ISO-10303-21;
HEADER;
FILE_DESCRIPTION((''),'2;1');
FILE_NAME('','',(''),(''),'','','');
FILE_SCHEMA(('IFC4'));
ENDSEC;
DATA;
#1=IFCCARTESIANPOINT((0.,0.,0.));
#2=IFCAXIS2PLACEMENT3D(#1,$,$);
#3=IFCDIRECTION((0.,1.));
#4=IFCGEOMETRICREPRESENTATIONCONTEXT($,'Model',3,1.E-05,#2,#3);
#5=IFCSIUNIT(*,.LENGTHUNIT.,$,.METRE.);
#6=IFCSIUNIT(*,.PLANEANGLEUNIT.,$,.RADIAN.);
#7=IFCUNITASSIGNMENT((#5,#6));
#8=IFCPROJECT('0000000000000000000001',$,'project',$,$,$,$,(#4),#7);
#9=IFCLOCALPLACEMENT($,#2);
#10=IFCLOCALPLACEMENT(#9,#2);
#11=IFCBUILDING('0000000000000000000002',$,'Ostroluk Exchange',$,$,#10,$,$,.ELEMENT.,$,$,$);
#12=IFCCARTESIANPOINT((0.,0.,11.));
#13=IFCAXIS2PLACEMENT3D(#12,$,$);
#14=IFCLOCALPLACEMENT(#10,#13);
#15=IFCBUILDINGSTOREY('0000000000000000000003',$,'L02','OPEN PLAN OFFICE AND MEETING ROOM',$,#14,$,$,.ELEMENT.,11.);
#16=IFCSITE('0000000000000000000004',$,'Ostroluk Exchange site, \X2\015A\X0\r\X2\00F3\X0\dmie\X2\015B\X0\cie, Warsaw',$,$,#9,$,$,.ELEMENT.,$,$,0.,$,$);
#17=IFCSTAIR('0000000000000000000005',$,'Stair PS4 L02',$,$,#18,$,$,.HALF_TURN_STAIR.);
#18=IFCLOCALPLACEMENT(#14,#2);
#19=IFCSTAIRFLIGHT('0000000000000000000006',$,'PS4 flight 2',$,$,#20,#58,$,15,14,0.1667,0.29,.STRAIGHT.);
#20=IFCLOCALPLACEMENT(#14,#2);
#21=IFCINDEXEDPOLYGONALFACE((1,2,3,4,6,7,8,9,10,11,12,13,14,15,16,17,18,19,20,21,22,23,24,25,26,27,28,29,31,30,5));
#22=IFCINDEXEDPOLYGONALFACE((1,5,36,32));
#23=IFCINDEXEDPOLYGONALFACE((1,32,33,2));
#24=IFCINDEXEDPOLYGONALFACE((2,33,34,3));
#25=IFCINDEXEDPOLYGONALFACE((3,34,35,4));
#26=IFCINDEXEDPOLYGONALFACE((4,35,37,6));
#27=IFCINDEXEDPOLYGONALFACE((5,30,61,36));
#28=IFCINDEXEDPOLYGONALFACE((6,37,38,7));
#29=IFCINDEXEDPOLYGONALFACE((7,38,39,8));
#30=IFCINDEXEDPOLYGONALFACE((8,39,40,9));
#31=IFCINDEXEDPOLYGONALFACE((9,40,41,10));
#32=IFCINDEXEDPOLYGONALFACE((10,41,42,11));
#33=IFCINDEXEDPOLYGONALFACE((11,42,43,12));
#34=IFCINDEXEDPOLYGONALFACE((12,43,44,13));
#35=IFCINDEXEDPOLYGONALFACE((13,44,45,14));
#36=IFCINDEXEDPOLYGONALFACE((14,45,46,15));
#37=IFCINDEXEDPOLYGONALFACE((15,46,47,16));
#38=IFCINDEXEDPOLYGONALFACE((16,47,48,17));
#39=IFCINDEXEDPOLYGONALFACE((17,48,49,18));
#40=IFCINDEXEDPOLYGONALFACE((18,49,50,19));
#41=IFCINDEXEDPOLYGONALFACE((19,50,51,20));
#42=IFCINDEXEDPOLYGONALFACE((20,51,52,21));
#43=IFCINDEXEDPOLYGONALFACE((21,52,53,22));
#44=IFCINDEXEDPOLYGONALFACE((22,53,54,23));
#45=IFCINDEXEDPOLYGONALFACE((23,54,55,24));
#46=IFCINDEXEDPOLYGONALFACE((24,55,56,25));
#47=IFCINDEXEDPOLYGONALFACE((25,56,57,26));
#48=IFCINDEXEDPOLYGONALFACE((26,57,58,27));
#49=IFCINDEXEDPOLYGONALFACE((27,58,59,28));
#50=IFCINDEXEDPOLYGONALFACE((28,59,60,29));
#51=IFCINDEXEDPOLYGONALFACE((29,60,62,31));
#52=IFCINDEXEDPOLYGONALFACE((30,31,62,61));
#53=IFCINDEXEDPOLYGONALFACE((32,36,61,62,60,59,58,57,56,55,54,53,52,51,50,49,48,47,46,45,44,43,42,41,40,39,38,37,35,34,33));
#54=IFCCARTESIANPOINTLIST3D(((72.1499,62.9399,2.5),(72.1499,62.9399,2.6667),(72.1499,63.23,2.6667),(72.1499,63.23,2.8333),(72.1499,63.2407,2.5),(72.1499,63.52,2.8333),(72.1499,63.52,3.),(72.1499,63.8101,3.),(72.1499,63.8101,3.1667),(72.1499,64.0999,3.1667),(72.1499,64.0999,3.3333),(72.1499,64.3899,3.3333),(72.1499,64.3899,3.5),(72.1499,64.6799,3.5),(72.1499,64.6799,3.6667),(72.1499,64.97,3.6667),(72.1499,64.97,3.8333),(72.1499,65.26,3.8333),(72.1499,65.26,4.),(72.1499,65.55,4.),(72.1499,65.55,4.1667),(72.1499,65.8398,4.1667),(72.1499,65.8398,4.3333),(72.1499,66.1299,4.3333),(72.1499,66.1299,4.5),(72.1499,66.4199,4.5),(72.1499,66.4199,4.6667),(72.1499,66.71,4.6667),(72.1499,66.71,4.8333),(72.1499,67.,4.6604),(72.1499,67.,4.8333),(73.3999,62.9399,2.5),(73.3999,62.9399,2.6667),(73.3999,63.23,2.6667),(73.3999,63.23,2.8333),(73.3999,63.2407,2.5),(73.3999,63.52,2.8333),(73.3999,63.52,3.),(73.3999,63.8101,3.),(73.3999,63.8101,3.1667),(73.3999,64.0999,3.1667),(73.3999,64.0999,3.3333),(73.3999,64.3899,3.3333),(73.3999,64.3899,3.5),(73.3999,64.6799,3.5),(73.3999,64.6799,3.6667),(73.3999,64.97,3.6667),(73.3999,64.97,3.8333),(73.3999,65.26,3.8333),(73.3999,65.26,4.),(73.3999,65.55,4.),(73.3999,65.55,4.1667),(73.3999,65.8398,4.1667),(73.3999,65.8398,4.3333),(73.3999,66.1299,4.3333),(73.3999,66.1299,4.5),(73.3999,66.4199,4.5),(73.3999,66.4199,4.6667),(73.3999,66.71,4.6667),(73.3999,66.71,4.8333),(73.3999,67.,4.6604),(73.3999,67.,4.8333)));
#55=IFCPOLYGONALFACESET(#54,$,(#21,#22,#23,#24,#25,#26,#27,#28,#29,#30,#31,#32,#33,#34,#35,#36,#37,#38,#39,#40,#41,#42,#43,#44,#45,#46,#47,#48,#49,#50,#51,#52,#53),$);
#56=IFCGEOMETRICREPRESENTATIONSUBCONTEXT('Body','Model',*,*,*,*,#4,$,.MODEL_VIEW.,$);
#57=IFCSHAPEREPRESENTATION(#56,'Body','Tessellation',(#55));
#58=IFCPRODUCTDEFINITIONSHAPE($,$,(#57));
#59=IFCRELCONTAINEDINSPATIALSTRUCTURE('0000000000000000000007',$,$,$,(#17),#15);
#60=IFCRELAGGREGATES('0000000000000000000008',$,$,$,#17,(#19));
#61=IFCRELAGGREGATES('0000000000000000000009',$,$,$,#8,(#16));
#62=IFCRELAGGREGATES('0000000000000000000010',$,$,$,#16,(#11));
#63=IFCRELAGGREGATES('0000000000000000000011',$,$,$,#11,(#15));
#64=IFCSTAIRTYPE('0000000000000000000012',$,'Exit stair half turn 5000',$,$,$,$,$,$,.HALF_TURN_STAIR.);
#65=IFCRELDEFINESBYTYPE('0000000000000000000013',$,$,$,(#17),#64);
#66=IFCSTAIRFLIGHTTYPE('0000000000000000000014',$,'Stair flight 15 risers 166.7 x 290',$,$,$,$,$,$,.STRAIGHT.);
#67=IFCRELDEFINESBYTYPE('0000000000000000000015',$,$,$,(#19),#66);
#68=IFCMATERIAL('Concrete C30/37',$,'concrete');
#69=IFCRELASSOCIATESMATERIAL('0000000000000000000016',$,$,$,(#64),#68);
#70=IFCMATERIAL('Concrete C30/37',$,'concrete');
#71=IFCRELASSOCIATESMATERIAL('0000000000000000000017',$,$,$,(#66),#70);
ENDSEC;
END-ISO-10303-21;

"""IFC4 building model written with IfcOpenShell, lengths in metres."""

from ifc_helpers import new_model, si_unit, direction, frame, origin, place, context, subcontext, project, spatial, polyline, outline, extrude, material, type_object, element, aggregate, save


model = new_model("IFC4")

# Units and contexts
model_context = context("Model", 3, precision=1e-05, world=origin(), true_north=direction((0.0, 1.0)))
body_context = subcontext(model_context, "Body", "Model", "MODEL_VIEW")
ifc_project = project(units=[si_unit("LENGTHUNIT", "METRE"), si_unit("PLANEANGLEUNIT", "RADIAN")], contexts=[model_context])

# Site, building, storey
site_placement = place(None, origin())
site = spatial("IfcSite", under=ifc_project, at=site_placement, Name="Ostroluk Exchange site, Śródmieście, Warsaw", CompositionType="ELEMENT", RefElevation=0.0)
building_placement = place(site_placement, origin())
building = spatial("IfcBuilding", under=site, at=building_placement, Name="Ostroluk Exchange", CompositionType="ELEMENT")
storey_placement = place(building_placement, frame((0.0, 0.0, 11.0)))
storey = spatial("IfcBuildingStorey", under=building, at=storey_placement, Name="L02", Description="OPEN PLAN OFFICE AND MEETING ROOM", CompositionType="ELEMENT", Elevation=11.0)

# Stair, stair flight
ifc_material_1 = material(Name="Concrete C30/37", Category="concrete")
stair_type = type_object("IfcStairType", Name="Exit stair half turn 5000", PredefinedType="HALF_TURN_STAIR", material=ifc_material_1)
stair_placement = place(storey_placement, origin())
stair = element("IfcStair", 1, at=stair_placement, inside=storey, type_object=stair_type, Name="Stair PS4 L02", PredefinedType="HALF_TURN_STAIR")
ifc_material_2 = material(Name="Concrete C30/37", Category="concrete")
stair_flight_type = type_object("IfcStairFlightType", Name="Stair flight 15 risers 166.7 x 290", PredefinedType="STRAIGHT", material=ifc_material_2)
stair_flight_1_placement = place(storey_placement, frame((72.7749, 62.9399, 2.5), z_axis=(0.0, 0.0, 1.0), x_axis=(0.0, 1.0, 0.0)))
stair_flight_1 = element("IfcStairFlight", 2, at=stair_flight_1_placement, type_object=stair_flight_type, Name="PS4 flight 2", NumberOfRisers=15, NumberOfTreads=14, PredefinedType="STRAIGHT", RiserHeight=0.1667, TreadLength=0.29, context=body_context, shape_type="SweptSolid", body=[
    extrude(outline(polyline([(0.0, 0.0), (0.0, 0.1667), (0.29, 0.1667), (0.29, 0.3333), (0.5801, 0.3333), (0.5801, 0.5), (0.8701, 0.5), (0.8701, 0.6667), (1.1599, 0.6667), (1.1599, 0.8333), (1.45, 0.8333), (1.45, 1.0), (1.74, 1.0), (1.74, 1.1667), (2.03, 1.1667), (2.03, 1.3333), (2.3201, 1.3333), (2.3201, 1.5), (2.6101, 1.5), (2.6101, 1.6667), (2.8999, 1.6667), (2.8999, 1.8333), (3.1899, 1.8333), (3.1899, 2.0), (3.48, 2.0), (3.48, 2.1667), (3.77, 2.1667), (3.77, 2.3333), (4.0601, 2.3333), (4.0601, 2.5), (4.0601, 2.1604), (0.3008, 0.0), (0.0, 0.0)])), frame((0.0, 0.625, 0.0), z_axis=(0.0, -1.0, 0.0), x_axis=(1.0, 0.0, 0.0)), (0.0, 0.0, 1.0), 1.25),
])
aggregate(stair, [stair_flight_1])

save(model, "model.ifc")
